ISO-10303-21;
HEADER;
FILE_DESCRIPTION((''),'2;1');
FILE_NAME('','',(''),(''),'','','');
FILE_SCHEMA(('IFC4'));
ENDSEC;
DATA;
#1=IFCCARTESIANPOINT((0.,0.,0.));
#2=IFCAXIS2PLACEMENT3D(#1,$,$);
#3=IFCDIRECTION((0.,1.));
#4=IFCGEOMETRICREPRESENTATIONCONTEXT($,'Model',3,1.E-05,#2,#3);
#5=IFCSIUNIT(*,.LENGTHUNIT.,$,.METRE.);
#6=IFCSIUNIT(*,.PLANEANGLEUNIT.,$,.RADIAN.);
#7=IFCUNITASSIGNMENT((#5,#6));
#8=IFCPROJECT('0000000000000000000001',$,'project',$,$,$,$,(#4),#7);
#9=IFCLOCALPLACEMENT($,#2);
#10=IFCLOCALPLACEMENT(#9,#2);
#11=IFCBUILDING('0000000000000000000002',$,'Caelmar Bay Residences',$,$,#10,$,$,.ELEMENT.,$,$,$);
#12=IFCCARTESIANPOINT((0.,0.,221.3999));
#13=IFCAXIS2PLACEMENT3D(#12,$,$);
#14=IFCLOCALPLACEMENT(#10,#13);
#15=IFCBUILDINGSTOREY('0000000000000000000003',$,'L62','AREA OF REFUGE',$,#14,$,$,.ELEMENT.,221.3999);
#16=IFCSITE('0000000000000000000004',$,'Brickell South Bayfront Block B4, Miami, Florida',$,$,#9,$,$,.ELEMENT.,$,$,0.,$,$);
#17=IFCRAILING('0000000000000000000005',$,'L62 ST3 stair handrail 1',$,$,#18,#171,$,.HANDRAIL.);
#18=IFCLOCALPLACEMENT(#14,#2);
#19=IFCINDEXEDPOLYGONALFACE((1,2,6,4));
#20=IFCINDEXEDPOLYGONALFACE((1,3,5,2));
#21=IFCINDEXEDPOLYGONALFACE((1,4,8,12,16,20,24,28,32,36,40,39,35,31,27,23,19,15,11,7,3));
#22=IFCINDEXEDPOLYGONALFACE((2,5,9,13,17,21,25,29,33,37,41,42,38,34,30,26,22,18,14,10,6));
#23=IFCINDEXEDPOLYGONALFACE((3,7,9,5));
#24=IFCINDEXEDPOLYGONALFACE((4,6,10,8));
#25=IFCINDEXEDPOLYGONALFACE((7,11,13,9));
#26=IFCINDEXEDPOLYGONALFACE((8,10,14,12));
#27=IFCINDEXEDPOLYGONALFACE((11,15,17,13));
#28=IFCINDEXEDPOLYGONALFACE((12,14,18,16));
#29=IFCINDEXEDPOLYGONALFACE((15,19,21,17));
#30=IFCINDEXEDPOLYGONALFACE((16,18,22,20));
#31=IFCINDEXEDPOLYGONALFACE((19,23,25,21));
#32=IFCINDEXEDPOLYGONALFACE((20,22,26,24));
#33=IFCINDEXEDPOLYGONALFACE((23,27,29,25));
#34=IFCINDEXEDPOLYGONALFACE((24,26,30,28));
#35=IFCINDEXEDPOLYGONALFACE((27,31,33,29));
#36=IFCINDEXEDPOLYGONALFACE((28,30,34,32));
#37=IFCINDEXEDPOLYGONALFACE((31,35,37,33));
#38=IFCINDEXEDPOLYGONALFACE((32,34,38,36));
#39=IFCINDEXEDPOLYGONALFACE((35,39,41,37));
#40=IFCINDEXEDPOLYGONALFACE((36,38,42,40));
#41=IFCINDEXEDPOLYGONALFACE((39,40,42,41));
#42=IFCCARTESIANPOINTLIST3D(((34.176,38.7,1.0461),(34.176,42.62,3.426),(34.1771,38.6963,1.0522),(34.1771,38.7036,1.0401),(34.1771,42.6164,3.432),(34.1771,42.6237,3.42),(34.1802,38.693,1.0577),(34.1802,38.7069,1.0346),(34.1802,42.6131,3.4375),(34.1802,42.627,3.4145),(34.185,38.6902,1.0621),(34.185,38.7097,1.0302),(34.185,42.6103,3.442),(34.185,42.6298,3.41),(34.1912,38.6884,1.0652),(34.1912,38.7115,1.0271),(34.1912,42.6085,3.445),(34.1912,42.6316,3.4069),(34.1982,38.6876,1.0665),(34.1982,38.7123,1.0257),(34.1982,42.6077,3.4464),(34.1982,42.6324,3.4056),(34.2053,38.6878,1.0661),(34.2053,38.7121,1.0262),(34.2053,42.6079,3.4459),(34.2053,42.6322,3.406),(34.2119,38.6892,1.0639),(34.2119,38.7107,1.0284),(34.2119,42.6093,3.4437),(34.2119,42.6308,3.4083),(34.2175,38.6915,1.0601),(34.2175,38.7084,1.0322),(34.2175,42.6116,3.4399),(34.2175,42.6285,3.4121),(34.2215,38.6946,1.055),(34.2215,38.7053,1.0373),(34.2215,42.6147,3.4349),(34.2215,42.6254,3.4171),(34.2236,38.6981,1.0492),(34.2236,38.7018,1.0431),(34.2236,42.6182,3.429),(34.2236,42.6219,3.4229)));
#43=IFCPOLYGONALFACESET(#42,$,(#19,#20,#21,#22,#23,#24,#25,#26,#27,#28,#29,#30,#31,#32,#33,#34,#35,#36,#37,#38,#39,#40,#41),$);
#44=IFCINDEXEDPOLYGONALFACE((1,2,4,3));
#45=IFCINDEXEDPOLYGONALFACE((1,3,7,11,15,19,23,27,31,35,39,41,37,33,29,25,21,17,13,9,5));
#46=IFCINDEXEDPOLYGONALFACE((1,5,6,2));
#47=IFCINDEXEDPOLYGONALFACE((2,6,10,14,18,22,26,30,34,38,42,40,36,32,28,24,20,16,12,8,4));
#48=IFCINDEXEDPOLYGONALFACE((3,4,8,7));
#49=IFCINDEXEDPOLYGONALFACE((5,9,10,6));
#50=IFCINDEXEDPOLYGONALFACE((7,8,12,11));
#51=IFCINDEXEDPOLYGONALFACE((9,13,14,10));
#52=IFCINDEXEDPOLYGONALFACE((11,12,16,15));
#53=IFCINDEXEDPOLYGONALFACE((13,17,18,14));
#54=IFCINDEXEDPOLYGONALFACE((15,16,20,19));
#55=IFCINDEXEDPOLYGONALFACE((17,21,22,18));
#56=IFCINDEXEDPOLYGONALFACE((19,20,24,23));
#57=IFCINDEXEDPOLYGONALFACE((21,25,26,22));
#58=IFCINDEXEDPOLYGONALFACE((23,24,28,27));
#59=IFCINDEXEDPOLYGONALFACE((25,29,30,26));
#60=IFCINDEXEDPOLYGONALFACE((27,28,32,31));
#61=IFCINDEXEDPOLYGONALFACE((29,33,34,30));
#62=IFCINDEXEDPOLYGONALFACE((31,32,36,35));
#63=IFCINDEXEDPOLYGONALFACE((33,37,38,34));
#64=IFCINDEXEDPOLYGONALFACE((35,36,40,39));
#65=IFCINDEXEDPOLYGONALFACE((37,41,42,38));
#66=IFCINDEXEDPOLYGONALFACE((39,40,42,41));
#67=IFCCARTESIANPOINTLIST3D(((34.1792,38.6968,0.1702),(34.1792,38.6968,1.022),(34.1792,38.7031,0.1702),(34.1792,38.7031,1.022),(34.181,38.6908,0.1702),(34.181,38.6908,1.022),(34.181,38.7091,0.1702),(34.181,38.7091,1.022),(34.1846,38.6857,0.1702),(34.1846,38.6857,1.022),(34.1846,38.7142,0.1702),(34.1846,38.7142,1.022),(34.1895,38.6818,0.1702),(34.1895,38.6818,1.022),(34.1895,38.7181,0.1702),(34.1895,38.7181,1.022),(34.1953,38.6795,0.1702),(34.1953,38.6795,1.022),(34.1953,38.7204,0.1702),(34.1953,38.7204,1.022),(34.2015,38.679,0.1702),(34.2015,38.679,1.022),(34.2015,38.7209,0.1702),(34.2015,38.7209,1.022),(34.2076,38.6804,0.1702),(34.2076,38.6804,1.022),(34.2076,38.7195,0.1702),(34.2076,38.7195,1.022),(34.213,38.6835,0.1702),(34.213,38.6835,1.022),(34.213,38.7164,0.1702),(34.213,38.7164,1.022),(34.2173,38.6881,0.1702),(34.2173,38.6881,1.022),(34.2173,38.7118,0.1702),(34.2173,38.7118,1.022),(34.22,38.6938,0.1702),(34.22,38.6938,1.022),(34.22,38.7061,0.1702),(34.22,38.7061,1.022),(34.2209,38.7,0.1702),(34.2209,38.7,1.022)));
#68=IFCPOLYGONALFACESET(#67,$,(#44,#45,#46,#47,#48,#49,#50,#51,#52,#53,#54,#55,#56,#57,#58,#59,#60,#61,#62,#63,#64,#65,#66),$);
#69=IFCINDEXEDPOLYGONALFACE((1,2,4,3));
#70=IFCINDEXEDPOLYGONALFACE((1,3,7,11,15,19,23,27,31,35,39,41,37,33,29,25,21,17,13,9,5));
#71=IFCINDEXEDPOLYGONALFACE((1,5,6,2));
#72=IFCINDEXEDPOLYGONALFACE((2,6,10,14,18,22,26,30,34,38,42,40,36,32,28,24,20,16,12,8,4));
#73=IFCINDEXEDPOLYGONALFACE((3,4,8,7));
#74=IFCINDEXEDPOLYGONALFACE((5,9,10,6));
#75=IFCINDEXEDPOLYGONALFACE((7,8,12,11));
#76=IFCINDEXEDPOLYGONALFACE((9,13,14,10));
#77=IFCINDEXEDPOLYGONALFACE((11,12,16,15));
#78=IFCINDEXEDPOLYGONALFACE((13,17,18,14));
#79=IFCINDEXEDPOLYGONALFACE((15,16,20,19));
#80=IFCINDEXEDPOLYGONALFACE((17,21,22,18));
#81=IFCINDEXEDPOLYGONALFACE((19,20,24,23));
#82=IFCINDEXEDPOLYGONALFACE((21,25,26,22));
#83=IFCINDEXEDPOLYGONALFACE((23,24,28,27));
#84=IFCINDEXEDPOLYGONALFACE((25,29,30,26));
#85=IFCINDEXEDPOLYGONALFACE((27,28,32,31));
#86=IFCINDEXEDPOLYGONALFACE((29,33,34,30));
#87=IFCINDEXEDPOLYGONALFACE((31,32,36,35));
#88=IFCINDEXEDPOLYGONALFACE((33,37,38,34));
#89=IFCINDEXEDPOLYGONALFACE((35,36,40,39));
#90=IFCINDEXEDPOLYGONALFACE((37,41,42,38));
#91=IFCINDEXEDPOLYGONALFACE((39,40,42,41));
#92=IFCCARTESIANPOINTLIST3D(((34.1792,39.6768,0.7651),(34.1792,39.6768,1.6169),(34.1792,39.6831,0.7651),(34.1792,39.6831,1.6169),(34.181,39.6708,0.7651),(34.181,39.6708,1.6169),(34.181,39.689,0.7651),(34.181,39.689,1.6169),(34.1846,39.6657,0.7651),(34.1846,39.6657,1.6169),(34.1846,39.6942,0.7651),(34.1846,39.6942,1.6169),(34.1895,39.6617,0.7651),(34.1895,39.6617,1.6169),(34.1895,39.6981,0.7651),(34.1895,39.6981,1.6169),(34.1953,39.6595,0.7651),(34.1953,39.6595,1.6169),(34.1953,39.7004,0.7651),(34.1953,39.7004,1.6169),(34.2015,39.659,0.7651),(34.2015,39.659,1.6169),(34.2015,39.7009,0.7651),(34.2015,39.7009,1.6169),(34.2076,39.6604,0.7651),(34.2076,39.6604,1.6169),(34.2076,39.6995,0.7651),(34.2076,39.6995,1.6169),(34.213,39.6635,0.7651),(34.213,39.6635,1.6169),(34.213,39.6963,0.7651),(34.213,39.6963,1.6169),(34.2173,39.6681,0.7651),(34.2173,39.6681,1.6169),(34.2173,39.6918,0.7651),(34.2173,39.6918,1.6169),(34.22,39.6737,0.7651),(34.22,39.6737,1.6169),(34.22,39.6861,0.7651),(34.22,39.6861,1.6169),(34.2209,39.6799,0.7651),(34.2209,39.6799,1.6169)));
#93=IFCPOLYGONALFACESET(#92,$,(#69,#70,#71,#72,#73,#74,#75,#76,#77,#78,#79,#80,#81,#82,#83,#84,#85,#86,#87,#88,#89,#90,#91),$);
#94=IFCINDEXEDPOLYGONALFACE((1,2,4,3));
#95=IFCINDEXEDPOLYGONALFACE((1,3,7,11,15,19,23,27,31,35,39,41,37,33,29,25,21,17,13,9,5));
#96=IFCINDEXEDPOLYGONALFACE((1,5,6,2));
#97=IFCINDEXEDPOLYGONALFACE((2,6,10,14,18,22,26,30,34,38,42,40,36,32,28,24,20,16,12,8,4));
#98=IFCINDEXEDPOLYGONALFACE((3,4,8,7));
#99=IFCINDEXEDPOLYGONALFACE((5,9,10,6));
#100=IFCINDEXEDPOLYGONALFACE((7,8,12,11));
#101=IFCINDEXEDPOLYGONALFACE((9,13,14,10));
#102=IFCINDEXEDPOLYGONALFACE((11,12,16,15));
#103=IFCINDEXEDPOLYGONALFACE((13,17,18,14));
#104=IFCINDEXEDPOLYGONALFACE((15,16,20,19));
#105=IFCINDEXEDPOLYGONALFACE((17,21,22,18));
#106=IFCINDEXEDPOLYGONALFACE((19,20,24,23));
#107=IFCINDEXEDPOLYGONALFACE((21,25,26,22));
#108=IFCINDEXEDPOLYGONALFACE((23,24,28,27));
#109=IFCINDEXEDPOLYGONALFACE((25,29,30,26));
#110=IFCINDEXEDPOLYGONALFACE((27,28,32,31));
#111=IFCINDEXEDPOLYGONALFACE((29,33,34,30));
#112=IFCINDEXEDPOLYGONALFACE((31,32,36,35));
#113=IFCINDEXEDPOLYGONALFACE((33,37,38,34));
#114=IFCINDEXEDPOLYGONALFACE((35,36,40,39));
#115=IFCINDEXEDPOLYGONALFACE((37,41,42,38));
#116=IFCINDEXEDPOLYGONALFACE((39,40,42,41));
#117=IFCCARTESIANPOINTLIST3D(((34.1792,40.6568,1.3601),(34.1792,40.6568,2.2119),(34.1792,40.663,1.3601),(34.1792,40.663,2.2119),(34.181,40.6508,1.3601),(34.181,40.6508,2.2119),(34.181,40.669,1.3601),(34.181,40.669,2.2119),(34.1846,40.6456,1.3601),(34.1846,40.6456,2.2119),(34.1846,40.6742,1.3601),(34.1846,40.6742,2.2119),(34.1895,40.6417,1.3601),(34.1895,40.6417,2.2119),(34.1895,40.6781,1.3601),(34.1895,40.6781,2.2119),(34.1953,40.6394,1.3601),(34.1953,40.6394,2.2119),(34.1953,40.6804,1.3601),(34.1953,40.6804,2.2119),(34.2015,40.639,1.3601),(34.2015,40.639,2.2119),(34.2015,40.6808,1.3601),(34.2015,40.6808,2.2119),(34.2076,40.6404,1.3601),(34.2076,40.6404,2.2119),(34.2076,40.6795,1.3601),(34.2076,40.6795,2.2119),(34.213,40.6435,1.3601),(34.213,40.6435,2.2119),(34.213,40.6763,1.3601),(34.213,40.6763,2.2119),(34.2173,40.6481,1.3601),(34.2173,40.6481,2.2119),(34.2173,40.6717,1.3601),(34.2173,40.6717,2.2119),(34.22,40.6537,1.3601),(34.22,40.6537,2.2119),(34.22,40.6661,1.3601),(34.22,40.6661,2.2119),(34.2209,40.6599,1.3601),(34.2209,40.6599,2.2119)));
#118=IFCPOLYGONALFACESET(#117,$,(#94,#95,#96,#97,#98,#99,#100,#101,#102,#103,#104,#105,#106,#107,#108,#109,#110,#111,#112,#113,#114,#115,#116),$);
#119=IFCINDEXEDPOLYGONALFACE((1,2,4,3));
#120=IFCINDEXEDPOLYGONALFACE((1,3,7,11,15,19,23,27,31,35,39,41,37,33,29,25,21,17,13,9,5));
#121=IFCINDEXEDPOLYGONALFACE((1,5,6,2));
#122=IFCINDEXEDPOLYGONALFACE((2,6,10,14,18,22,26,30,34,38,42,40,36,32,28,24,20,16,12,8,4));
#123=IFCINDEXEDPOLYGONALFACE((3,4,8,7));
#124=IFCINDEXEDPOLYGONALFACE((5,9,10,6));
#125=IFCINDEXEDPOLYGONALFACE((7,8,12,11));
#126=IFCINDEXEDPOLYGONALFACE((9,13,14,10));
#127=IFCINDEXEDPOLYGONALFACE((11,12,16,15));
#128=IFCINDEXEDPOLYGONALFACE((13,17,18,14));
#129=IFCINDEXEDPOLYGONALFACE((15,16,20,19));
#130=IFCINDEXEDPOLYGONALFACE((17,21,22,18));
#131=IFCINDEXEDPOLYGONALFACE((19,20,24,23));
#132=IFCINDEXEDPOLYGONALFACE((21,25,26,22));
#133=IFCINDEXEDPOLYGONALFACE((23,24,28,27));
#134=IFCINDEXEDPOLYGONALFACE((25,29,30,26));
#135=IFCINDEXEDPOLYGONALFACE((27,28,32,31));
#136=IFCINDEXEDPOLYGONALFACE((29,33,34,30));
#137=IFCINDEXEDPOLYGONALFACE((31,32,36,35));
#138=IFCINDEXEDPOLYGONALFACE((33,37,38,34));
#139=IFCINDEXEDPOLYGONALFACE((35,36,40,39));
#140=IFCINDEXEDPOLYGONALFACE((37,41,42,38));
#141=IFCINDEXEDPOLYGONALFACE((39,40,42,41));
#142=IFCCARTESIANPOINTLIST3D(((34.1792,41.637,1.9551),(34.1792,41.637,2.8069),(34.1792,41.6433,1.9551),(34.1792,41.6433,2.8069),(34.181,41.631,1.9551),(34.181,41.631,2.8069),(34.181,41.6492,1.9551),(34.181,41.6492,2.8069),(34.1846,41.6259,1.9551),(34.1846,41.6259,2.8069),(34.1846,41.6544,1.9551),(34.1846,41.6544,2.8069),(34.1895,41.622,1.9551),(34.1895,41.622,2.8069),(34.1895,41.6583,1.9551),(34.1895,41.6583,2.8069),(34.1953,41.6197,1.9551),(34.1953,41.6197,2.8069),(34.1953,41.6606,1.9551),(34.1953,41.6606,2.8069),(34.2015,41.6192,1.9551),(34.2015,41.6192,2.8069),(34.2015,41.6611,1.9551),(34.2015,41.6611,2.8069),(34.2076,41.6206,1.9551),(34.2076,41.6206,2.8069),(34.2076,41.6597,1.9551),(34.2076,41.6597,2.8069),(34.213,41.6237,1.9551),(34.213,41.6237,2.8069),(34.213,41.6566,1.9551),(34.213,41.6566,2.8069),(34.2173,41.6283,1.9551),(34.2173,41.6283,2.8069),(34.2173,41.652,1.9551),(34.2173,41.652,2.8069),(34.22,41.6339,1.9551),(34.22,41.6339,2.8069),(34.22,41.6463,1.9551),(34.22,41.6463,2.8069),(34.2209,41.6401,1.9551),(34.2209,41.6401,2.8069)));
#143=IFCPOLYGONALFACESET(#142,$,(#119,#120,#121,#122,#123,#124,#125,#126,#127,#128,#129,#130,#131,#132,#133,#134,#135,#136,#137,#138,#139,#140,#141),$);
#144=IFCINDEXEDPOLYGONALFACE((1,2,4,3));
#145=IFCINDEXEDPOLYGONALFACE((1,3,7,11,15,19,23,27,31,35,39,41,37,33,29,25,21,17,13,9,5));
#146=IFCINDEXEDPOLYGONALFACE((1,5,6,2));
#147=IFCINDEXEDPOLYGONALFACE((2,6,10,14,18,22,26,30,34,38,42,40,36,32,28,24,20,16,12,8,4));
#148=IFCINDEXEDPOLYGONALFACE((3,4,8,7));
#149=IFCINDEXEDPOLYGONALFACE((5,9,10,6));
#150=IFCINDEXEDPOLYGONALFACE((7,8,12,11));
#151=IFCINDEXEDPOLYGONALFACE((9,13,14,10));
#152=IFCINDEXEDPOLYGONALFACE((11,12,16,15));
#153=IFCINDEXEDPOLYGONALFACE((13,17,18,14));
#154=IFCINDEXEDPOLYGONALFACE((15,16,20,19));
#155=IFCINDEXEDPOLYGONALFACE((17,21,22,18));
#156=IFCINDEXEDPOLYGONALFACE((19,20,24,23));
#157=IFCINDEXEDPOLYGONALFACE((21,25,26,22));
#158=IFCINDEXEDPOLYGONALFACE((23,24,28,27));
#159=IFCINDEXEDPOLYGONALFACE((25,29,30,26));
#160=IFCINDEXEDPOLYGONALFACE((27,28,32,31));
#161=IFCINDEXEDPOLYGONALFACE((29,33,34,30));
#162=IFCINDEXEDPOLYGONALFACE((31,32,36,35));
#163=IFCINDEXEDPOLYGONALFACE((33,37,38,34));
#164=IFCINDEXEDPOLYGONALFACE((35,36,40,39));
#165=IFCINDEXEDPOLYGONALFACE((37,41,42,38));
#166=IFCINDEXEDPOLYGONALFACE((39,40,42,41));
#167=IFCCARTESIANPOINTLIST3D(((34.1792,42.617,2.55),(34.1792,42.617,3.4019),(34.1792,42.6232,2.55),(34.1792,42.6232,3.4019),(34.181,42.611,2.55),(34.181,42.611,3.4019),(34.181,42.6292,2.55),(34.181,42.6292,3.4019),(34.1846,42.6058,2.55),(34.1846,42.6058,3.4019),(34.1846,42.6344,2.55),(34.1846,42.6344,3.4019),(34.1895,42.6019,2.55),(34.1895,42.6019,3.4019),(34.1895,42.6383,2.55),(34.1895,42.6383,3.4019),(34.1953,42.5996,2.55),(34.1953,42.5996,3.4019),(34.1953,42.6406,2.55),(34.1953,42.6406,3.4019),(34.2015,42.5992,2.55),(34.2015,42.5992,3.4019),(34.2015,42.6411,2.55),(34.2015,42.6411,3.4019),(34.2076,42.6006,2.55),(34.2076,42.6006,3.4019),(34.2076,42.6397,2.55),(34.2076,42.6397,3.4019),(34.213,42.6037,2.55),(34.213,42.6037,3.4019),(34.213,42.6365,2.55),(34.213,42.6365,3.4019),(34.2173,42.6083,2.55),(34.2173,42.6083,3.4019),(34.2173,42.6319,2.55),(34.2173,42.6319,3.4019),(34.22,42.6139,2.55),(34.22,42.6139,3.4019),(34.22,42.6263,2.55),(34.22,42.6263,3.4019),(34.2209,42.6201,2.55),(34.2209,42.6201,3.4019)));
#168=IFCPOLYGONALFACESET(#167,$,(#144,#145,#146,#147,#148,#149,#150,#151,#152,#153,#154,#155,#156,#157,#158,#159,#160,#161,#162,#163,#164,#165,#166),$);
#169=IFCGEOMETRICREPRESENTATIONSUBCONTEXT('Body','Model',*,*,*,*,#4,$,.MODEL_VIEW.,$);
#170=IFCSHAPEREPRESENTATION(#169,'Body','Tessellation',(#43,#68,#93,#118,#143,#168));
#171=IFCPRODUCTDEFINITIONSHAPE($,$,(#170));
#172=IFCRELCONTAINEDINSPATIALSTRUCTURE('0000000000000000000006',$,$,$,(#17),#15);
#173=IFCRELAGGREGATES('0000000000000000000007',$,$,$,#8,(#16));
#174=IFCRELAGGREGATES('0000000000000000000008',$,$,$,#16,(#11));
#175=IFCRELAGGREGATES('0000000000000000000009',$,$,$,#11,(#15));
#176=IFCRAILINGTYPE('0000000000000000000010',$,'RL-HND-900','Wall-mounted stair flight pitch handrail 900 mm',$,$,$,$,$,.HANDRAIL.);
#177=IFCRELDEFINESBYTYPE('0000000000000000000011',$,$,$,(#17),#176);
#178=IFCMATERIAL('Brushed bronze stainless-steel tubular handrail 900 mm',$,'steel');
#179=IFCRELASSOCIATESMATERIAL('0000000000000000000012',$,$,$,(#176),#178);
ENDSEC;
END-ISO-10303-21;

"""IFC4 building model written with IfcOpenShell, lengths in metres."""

from ifc_helpers import new_model, si_unit, direction, frame, origin, origin_2d, place, context, subcontext, project, spatial, circle, extrude, material, type_object, element, save


model = new_model("IFC4")

# Units and contexts
model_context = context("Model", 3, precision=1e-05, world=origin(), true_north=direction((0.0, 1.0)))
body_context = subcontext(model_context, "Body", "Model", "MODEL_VIEW")
ifc_project = project(units=[si_unit("LENGTHUNIT", "METRE"), si_unit("PLANEANGLEUNIT", "RADIAN")], contexts=[model_context])

# Site, building, storey
site_placement = place(None, origin())
site = spatial("IfcSite", under=ifc_project, at=site_placement, Name="Brickell South Bayfront Block B4, Miami, Florida", CompositionType="ELEMENT", RefElevation=0.0)
building_placement = place(site_placement, origin())
building = spatial("IfcBuilding", under=site, at=building_placement, Name="Caelmar Bay Residences", CompositionType="ELEMENT")
storey_placement = place(building_placement, frame((0.0, 0.0, 221.3999)))
storey = spatial("IfcBuildingStorey", under=building, at=storey_placement, Name="L62", Description="AREA OF REFUGE", CompositionType="ELEMENT", Elevation=221.3999)

# Railing
ifc_material_1 = material(Name="Brushed bronze stainless-steel tubular handrail 900 mm", Category="steel")
railing_type_1 = type_object("IfcRailingType", Name="RL-HND-900", Description="Wall-mounted stair flight pitch handrail 900 mm", PredefinedType="HANDRAIL", material=ifc_material_1)
railing_1_placement = place(storey_placement, frame((34.2, 38.7, 0.1702)))
element("IfcRailing", 1, at=railing_1_placement, inside=storey, type_object=railing_type_1, Name="L62 ST3 stair handrail 1", PredefinedType="HANDRAIL", context=body_context, shape_type="SweptSolid", body=[
    extrude(circle(Radius=0.0239, at=origin_2d()), frame((0.0, 0.0, 0.876), z_axis=(0.0, 0.854809, 0.518943), x_axis=(-1.0, 0.0, 0.0)), (0.0, 0.0, 1.0), 4.5859),
    extrude(circle(Radius=0.021, at=origin_2d()), origin(), (0.0, 0.0, 1.0), 0.8518),
    extrude(circle(Radius=0.021, at=origin_2d()), frame((0.0, 0.98, 0.595)), (0.0, 0.0, 1.0), 0.8518),
    extrude(circle(Radius=0.021, at=origin_2d()), frame((0.0, 1.96, 1.1899)), (0.0, 0.0, 1.0), 0.8518),
    extrude(circle(Radius=0.021, at=origin_2d()), frame((0.0, 2.9402, 1.7849)), (0.0, 0.0, 1.0), 0.8518),
    extrude(circle(Radius=0.021, at=origin_2d()), frame((0.0, 3.9202, 2.3799)), (0.0, 0.0, 1.0), 0.8518),
])

save(model, "model.ifc")
